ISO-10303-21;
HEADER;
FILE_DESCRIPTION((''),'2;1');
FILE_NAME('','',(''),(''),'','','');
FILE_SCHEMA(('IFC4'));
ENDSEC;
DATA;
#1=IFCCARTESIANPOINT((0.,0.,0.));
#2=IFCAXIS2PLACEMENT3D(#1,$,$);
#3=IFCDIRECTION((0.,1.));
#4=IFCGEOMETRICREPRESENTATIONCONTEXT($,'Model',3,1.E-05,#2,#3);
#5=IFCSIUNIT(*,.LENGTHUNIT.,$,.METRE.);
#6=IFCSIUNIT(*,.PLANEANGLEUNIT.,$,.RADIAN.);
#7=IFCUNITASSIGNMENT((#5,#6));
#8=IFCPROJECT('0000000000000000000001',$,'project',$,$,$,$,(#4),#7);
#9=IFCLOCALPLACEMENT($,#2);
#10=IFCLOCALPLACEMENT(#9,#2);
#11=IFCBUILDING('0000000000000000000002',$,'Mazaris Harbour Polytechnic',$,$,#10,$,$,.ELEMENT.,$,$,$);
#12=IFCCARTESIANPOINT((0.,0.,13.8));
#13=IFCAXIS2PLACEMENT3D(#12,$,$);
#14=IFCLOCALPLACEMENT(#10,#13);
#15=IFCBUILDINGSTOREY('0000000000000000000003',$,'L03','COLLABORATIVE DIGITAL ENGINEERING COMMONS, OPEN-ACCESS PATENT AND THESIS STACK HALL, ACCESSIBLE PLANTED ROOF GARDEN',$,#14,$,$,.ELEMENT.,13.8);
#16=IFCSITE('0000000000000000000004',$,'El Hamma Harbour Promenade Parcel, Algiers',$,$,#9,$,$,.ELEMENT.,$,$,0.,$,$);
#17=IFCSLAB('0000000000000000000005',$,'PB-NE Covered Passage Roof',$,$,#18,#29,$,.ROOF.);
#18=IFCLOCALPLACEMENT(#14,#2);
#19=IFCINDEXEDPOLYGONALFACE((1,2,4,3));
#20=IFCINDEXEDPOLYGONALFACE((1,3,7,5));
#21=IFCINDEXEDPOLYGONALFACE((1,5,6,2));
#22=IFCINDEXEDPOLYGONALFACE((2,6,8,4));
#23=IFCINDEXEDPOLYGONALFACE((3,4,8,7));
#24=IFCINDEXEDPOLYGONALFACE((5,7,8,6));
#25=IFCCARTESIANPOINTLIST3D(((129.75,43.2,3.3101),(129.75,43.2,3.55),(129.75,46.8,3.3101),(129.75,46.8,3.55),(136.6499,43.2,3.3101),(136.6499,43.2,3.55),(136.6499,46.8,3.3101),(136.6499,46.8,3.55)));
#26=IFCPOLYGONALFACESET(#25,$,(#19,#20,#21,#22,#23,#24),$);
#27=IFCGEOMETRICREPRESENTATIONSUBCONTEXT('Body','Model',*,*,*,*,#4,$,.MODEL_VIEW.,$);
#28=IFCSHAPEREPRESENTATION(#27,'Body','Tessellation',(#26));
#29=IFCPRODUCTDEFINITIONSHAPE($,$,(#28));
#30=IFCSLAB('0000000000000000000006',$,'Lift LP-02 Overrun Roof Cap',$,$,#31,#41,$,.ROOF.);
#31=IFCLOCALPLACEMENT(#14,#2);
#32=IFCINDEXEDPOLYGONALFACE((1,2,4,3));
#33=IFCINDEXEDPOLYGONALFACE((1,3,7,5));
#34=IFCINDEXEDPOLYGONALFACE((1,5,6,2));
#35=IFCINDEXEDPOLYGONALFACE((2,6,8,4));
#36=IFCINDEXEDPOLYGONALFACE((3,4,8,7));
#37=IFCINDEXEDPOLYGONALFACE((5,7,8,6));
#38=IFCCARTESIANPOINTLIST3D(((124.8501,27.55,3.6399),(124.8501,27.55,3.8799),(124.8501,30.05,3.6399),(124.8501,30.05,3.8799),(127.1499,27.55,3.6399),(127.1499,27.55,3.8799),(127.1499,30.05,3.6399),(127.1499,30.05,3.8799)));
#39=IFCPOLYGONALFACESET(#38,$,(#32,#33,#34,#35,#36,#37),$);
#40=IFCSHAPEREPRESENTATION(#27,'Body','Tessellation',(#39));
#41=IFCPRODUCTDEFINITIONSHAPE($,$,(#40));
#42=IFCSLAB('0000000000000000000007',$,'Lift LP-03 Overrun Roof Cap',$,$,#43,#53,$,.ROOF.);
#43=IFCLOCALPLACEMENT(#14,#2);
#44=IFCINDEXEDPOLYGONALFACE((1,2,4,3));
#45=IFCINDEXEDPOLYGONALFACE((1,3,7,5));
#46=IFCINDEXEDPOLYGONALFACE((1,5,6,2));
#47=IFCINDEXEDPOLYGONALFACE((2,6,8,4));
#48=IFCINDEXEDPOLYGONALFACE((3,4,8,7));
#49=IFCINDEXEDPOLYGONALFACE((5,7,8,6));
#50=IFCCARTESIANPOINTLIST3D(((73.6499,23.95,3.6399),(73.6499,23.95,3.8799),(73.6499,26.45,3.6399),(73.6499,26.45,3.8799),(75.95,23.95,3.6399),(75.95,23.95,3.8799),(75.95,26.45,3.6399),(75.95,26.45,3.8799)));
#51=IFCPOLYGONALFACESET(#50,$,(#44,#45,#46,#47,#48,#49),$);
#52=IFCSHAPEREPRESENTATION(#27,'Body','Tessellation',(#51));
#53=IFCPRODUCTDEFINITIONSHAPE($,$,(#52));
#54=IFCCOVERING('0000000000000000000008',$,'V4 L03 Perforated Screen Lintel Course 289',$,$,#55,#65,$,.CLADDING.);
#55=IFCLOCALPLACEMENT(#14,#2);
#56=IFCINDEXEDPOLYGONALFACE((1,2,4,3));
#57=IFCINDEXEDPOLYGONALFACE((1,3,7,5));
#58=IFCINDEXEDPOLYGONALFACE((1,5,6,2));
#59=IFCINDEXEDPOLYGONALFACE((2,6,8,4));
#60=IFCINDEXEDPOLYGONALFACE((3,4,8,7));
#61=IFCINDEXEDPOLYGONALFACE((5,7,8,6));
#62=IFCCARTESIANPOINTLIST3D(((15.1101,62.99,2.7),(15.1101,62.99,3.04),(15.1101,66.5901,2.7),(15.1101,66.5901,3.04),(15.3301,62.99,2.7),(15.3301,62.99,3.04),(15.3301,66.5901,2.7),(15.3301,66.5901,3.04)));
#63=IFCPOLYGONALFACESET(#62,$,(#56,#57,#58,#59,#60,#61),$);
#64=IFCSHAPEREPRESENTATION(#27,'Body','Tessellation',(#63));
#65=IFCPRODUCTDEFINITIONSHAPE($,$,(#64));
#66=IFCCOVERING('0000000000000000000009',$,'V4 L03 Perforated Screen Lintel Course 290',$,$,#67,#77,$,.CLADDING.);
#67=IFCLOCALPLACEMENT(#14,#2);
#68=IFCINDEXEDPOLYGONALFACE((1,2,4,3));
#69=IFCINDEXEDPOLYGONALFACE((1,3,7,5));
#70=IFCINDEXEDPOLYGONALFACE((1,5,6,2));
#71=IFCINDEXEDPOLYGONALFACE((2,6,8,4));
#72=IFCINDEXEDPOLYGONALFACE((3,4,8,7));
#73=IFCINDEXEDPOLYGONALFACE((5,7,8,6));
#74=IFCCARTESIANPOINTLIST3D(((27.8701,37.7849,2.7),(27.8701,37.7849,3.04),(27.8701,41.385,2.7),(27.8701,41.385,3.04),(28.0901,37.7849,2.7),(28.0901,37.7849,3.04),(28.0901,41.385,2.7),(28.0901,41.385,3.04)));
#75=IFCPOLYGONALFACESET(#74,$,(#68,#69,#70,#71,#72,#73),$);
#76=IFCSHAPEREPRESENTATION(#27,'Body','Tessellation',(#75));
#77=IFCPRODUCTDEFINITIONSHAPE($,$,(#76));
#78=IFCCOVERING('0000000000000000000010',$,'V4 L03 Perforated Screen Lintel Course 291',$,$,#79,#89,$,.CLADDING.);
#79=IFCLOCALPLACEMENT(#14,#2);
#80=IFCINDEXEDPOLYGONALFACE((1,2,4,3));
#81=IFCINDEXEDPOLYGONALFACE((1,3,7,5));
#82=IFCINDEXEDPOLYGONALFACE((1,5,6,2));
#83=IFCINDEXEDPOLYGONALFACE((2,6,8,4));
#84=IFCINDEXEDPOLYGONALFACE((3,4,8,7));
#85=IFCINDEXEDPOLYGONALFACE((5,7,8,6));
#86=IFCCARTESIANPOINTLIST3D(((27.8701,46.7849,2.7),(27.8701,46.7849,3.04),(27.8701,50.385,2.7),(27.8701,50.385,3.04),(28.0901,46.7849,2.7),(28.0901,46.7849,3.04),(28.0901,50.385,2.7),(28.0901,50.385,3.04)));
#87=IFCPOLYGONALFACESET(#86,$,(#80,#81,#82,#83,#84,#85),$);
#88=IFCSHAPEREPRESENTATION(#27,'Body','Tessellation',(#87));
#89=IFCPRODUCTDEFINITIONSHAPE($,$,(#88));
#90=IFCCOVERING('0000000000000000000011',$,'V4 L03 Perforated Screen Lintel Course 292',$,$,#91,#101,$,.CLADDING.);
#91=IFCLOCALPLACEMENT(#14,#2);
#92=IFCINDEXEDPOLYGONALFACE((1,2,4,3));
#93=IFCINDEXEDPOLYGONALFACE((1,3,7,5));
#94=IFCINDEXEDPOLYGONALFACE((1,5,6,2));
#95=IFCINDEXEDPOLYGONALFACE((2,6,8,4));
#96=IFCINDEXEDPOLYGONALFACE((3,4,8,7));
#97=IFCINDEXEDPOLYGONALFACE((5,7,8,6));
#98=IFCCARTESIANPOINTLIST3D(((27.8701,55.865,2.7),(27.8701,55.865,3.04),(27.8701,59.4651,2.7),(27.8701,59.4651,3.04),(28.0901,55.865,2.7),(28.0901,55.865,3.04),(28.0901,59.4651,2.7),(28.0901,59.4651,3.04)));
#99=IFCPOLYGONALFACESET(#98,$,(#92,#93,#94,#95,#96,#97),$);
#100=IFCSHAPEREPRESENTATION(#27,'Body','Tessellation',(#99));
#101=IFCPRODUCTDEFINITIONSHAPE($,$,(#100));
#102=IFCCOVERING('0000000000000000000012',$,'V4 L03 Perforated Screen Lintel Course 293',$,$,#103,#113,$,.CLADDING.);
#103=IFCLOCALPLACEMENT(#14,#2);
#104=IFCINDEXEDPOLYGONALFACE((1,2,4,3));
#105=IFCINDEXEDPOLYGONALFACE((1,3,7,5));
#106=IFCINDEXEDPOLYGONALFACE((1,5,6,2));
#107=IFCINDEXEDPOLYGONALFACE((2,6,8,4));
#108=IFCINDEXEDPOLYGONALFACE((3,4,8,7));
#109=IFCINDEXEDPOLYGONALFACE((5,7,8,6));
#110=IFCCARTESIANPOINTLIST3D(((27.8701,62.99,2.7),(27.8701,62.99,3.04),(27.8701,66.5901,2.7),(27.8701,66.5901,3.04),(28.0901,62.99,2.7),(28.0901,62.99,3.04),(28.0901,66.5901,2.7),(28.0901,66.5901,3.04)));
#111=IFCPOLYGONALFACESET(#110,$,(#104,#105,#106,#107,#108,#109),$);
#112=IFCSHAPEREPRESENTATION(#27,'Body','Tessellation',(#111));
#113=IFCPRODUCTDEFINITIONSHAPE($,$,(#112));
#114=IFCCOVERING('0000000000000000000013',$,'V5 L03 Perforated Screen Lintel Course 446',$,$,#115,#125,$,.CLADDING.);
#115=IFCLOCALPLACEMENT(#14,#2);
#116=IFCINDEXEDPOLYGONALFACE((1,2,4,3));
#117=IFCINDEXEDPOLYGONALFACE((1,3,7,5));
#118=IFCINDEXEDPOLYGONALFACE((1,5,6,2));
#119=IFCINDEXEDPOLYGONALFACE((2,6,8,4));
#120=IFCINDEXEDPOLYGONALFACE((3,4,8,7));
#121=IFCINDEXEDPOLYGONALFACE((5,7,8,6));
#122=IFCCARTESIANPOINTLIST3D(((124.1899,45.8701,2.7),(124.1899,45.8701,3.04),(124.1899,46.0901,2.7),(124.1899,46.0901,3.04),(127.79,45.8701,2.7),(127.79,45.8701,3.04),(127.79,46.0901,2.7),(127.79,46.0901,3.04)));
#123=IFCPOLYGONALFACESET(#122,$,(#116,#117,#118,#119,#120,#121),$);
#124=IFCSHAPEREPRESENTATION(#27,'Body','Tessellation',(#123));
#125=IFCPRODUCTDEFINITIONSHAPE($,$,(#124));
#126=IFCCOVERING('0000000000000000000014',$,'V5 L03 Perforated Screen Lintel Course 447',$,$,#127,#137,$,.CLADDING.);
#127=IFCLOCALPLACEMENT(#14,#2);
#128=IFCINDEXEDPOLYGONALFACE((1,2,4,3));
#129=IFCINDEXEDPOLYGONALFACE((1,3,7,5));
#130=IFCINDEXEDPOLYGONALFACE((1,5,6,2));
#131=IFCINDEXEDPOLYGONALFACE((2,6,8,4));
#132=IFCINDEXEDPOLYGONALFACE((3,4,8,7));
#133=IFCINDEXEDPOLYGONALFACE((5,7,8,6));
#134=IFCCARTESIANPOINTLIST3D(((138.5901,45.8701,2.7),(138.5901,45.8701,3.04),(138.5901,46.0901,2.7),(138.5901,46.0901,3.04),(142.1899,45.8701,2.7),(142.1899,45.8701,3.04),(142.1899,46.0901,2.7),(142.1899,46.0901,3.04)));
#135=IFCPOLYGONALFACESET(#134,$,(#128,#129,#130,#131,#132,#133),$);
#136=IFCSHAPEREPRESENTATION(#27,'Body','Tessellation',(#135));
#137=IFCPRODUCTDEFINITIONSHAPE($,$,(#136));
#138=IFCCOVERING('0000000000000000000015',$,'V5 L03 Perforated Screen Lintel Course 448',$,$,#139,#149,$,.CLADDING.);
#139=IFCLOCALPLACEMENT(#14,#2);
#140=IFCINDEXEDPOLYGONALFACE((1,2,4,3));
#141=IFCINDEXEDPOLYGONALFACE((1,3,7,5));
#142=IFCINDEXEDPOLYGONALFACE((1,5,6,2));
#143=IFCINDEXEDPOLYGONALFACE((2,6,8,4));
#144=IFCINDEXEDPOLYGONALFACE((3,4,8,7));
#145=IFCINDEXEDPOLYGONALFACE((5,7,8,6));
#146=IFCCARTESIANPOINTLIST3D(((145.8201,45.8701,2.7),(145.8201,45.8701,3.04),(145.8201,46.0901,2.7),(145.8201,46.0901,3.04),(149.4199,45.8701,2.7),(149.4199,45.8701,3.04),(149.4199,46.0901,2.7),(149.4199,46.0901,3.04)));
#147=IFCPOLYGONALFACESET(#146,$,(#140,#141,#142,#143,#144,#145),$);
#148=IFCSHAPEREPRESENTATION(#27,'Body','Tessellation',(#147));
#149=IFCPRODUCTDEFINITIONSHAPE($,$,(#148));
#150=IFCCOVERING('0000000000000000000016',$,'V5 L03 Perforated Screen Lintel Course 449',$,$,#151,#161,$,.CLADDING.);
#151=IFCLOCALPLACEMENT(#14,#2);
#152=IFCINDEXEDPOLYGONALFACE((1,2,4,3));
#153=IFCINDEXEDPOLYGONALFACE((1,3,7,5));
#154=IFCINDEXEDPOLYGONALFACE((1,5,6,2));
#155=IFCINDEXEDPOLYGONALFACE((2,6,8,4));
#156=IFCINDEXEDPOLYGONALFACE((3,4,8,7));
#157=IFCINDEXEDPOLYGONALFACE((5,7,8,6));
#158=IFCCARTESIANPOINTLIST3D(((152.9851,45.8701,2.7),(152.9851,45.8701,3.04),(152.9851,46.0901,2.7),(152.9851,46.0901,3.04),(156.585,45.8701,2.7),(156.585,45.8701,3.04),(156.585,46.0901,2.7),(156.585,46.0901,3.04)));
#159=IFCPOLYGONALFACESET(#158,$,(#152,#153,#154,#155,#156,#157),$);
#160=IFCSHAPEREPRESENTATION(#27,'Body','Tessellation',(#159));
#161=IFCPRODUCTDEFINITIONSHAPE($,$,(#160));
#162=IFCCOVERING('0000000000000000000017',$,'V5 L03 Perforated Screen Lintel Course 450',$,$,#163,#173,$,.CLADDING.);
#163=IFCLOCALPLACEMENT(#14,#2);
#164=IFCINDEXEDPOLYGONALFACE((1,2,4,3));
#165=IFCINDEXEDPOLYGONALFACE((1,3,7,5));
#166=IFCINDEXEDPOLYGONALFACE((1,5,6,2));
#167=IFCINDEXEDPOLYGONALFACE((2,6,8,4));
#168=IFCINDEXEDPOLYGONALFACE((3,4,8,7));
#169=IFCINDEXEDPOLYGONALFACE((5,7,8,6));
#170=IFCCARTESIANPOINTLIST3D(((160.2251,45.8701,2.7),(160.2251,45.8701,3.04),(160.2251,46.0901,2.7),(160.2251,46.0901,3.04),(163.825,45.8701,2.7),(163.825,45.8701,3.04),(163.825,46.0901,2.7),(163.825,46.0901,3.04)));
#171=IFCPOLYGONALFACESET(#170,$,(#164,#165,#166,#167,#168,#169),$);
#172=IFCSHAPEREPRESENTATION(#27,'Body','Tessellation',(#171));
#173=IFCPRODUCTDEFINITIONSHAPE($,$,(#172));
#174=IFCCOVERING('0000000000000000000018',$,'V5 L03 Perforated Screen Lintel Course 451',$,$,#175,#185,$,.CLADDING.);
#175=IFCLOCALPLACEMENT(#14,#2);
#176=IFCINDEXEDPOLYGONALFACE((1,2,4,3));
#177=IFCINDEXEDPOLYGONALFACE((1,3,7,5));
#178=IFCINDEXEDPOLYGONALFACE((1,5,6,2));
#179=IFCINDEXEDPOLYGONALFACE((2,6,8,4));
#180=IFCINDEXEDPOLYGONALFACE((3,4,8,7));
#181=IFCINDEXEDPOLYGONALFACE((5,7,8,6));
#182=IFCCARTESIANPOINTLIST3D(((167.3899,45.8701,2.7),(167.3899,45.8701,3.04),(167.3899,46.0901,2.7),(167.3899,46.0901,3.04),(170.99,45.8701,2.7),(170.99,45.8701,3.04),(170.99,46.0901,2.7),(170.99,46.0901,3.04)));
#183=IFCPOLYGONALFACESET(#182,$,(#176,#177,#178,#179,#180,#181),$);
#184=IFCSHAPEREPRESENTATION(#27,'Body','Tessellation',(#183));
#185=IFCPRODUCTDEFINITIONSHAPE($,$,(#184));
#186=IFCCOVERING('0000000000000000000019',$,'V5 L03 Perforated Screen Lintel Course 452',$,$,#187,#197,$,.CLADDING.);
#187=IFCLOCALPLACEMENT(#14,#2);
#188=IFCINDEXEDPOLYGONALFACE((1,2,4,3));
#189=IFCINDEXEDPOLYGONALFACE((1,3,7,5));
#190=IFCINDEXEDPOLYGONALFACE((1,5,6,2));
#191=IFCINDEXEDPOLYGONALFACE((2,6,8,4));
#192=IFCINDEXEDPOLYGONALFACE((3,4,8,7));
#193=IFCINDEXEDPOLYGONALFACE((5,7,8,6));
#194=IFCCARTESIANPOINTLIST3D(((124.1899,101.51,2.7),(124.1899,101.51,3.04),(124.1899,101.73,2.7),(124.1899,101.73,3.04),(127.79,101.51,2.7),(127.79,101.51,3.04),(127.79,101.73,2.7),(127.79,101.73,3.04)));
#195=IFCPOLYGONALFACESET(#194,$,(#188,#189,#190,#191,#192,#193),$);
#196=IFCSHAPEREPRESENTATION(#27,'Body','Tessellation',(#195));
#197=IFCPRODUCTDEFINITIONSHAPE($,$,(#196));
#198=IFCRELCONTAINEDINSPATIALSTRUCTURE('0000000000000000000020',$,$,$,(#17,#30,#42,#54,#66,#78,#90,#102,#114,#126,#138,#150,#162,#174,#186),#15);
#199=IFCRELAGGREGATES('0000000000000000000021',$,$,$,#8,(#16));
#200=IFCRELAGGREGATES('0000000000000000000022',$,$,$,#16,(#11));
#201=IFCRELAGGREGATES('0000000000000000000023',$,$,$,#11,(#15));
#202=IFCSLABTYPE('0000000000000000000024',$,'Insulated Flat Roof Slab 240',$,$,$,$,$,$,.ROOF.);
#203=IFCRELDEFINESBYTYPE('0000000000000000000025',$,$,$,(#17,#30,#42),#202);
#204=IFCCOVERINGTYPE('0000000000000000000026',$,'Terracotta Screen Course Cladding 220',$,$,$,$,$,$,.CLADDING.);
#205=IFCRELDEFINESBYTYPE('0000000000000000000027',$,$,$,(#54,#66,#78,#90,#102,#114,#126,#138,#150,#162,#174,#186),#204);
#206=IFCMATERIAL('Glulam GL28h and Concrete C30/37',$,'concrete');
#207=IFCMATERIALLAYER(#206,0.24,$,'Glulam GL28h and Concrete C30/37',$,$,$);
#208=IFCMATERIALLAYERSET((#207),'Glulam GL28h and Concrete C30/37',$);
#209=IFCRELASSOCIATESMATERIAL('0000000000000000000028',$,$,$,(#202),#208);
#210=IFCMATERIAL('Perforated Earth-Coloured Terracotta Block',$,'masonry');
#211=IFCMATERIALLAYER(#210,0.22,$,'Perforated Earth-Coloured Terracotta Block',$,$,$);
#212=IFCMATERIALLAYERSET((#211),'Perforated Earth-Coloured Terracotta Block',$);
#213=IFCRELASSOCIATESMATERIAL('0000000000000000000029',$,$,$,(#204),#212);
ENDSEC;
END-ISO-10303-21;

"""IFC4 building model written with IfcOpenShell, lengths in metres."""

from ifc_helpers import new_model, si_unit, direction, frame, origin, place, context, subcontext, project, spatial, polyline, outline, extrude, material, layer, layer_set, type_object, element, save


model = new_model("IFC4")

# Units and contexts
model_context = context("Model", 3, precision=1e-05, world=origin(), true_north=direction((0.0, 1.0)))
body_context = subcontext(model_context, "Body", "Model", "MODEL_VIEW")
ifc_project = project(units=[si_unit("LENGTHUNIT", "METRE"), si_unit("PLANEANGLEUNIT", "RADIAN")], contexts=[model_context])

# Site, building, storey
site_placement = place(None, origin())
site = spatial("IfcSite", under=ifc_project, at=site_placement, Name="El Hamma Harbour Promenade Parcel, Algiers", CompositionType="ELEMENT", RefElevation=0.0)
building_placement = place(site_placement, origin())
building = spatial("IfcBuilding", under=site, at=building_placement, Name="Mazaris Harbour Polytechnic", CompositionType="ELEMENT")
storey_placement = place(building_placement, frame((0.0, 0.0, 13.8)))
storey = spatial("IfcBuildingStorey", under=building, at=storey_placement, Name="L03", Description="COLLABORATIVE DIGITAL ENGINEERING COMMONS, OPEN-ACCESS PATENT AND THESIS STACK HALL, ACCESSIBLE PLANTED ROOF GARDEN", CompositionType="ELEMENT", Elevation=13.8)

# Slabs
ifc_material_1 = material(Name="Glulam GL28h and Concrete C30/37", Category="concrete")
ifc_layer_1 = layer(ifc_material_1, 0.24, Name="Glulam GL28h and Concrete C30/37")
ifc_layer_set_1 = layer_set([ifc_layer_1], Name="Glulam GL28h and Concrete C30/37")
slab_type = type_object("IfcSlabType", Name="Insulated Flat Roof Slab 240", PredefinedType="ROOF", material=ifc_layer_set_1)
slab_1_placement = place(storey_placement, frame((0.0, 0.0, 3.3101)))
element("IfcSlab", 1, at=slab_1_placement, inside=storey, type_object=slab_type, Name="PB-NE Covered Passage Roof", PredefinedType="ROOF", context=body_context, shape_type="SweptSolid", body=[
    extrude(outline(polyline([(136.6499, 43.2), (136.6499, 46.8), (129.75, 46.8), (129.75, 43.2), (136.6499, 43.2)])), origin(), (0.0, 0.0, 1.0), 0.24),
])
slab_2_placement = place(storey_placement, frame((0.0, 0.0, 3.6399)))
element("IfcSlab", 2, at=slab_2_placement, inside=storey, type_object=slab_type, Name="Lift LP-02 Overrun Roof Cap", PredefinedType="ROOF", context=body_context, shape_type="SweptSolid", body=[
    extrude(outline(polyline([(127.1499, 27.55), (127.1499, 30.05), (124.8501, 30.05), (124.8501, 27.55), (127.1499, 27.55)])), origin(), (0.0, 0.0, 1.0), 0.24),
])
slab_3_placement = place(storey_placement, frame((0.0, 0.0, 3.6399)))
element("IfcSlab", 3, at=slab_3_placement, inside=storey, type_object=slab_type, Name="Lift LP-03 Overrun Roof Cap", PredefinedType="ROOF", context=body_context, shape_type="SweptSolid", body=[
    extrude(outline(polyline([(75.95, 23.95), (75.95, 26.45), (73.6499, 26.45), (73.6499, 23.95), (75.95, 23.95)])), origin(), (0.0, 0.0, 1.0), 0.24),
])

# Coverings
ifc_material_2 = material(Name="Perforated Earth-Coloured Terracotta Block", Category="masonry")
ifc_layer_2 = layer(ifc_material_2, 0.22, Name="Perforated Earth-Coloured Terracotta Block")
ifc_layer_set_2 = layer_set([ifc_layer_2], Name="Perforated Earth-Coloured Terracotta Block")
covering_type = type_object("IfcCoveringType", Name="Terracotta Screen Course Cladding 220", PredefinedType="CLADDING", material=ifc_layer_set_2)
covering_1_placement = place(storey_placement, frame((0.0, 0.0, 2.7)))
element("IfcCovering", 4, at=covering_1_placement, inside=storey, type_object=covering_type, Name="V4 L03 Perforated Screen Lintel Course 289", PredefinedType="CLADDING", context=body_context, shape_type="SweptSolid", body=[
    extrude(outline(polyline([(15.1101, 62.99), (15.1101, 66.5901), (15.3301, 66.5901), (15.3301, 62.99), (15.1101, 62.99)])), origin(), (0.0, 0.0, 1.0), 0.3401),
])
covering_2_placement = place(storey_placement, frame((0.0, 0.0, 2.7)))
element("IfcCovering", 5, at=covering_2_placement, inside=storey, type_object=covering_type, Name="V4 L03 Perforated Screen Lintel Course 290", PredefinedType="CLADDING", context=body_context, shape_type="SweptSolid", body=[
    extrude(outline(polyline([(28.0901, 41.385), (28.0901, 37.7849), (27.8701, 37.7849), (27.8701, 41.385), (28.0901, 41.385)])), origin(), (0.0, 0.0, 1.0), 0.3401),
])
covering_3_placement = place(storey_placement, frame((0.0, 0.0, 2.7)))
element("IfcCovering", 6, at=covering_3_placement, inside=storey, type_object=covering_type, Name="V4 L03 Perforated Screen Lintel Course 291", PredefinedType="CLADDING", context=body_context, shape_type="SweptSolid", body=[
    extrude(outline(polyline([(28.0901, 50.385), (28.0901, 46.7849), (27.8701, 46.7849), (27.8701, 50.385), (28.0901, 50.385)])), origin(), (0.0, 0.0, 1.0), 0.3401),
])
covering_4_placement = place(storey_placement, frame((0.0, 0.0, 2.7)))
element("IfcCovering", 7, at=covering_4_placement, inside=storey, type_object=covering_type, Name="V4 L03 Perforated Screen Lintel Course 292", PredefinedType="CLADDING", context=body_context, shape_type="SweptSolid", body=[
    extrude(outline(polyline([(28.0901, 59.4651), (28.0901, 55.865), (27.8701, 55.865), (27.8701, 59.4651), (28.0901, 59.4651)])), origin(), (0.0, 0.0, 1.0), 0.3401),
])
covering_5_placement = place(storey_placement, frame((0.0, 0.0, 2.7)))
element("IfcCovering", 8, at=covering_5_placement, inside=storey, type_object=covering_type, Name="V4 L03 Perforated Screen Lintel Course 293", PredefinedType="CLADDING", context=body_context, shape_type="SweptSolid", body=[
    extrude(outline(polyline([(28.0901, 66.5901), (28.0901, 62.99), (27.8701, 62.99), (27.8701, 66.5901), (28.0901, 66.5901)])), origin(), (0.0, 0.0, 1.0), 0.3401),
])
covering_6_placement = place(storey_placement, frame((0.0, 0.0, 2.7)))
element("IfcCovering", 9, at=covering_6_placement, inside=storey, type_object=covering_type, Name="V5 L03 Perforated Screen Lintel Course 446", PredefinedType="CLADDING", context=body_context, shape_type="SweptSolid", body=[
    extrude(outline(polyline([(127.79, 46.0901), (124.1899, 46.0901), (124.1899, 45.8701), (127.79, 45.8701), (127.79, 46.0901)])), origin(), (0.0, 0.0, 1.0), 0.3401),
])
covering_7_placement = place(storey_placement, frame((0.0, 0.0, 2.7)))
element("IfcCovering", 10, at=covering_7_placement, inside=storey, type_object=covering_type, Name="V5 L03 Perforated Screen Lintel Course 447", PredefinedType="CLADDING", context=body_context, shape_type="SweptSolid", body=[
    extrude(outline(polyline([(142.1899, 46.0901), (138.5901, 46.0901), (138.5901, 45.8701), (142.1899, 45.8701), (142.1899, 46.0901)])), origin(), (0.0, 0.0, 1.0), 0.3401),
])
covering_8_placement = place(storey_placement, frame((0.0, 0.0, 2.7)))
element("IfcCovering", 11, at=covering_8_placement, inside=storey, type_object=covering_type, Name="V5 L03 Perforated Screen Lintel Course 448", PredefinedType="CLADDING", context=body_context, shape_type="SweptSolid", body=[
    extrude(outline(polyline([(149.4199, 46.0901), (145.8201, 46.0901), (145.8201, 45.8701), (149.4199, 45.8701), (149.4199, 46.0901)])), origin(), (0.0, 0.0, 1.0), 0.3401),
])
covering_9_placement = place(storey_placement, frame((0.0, 0.0, 2.7)))
element("IfcCovering", 12, at=covering_9_placement, inside=storey, type_object=covering_type, Name="V5 L03 Perforated Screen Lintel Course 449", PredefinedType="CLADDING", context=body_context, shape_type="SweptSolid", body=[
    extrude(outline(polyline([(156.585, 46.0901), (152.9851, 46.0901), (152.9851, 45.8701), (156.585, 45.8701), (156.585, 46.0901)])), origin(), (0.0, 0.0, 1.0), 0.3401),
])
covering_10_placement = place(storey_placement, frame((0.0, 0.0, 2.7)))
element("IfcCovering", 13, at=covering_10_placement, inside=storey, type_object=covering_type, Name="V5 L03 Perforated Screen Lintel Course 450", PredefinedType="CLADDING", context=body_context, shape_type="SweptSolid", body=[
    extrude(outline(polyline([(163.825, 46.0901), (160.2251, 46.0901), (160.2251, 45.8701), (163.825, 45.8701), (163.825, 46.0901)])), origin(), (0.0, 0.0, 1.0), 0.3401),
])
covering_11_placement = place(storey_placement, frame((0.0, 0.0, 2.7)))
element("IfcCovering", 14, at=covering_11_placement, inside=storey, type_object=covering_type, Name="V5 L03 Perforated Screen Lintel Course 451", PredefinedType="CLADDING", context=body_context, shape_type="SweptSolid", body=[
    extrude(outline(polyline([(170.99, 46.0901), (167.3899, 46.0901), (167.3899, 45.8701), (170.99, 45.8701), (170.99, 46.0901)])), origin(), (0.0, 0.0, 1.0), 0.3401),
])
covering_12_placement = place(storey_placement, frame((0.0, 0.0, 2.7)))
element("IfcCovering", 15, at=covering_12_placement, inside=storey, type_object=covering_type, Name="V5 L03 Perforated Screen Lintel Course 452", PredefinedType="CLADDING", context=body_context, shape_type="SweptSolid", body=[
    extrude(outline(polyline([(124.1899, 101.51), (127.79, 101.51), (127.79, 101.73), (124.1899, 101.73), (124.1899, 101.51)])), origin(), (0.0, 0.0, 1.0), 0.3401),
])

save(model, "model.ifc")
